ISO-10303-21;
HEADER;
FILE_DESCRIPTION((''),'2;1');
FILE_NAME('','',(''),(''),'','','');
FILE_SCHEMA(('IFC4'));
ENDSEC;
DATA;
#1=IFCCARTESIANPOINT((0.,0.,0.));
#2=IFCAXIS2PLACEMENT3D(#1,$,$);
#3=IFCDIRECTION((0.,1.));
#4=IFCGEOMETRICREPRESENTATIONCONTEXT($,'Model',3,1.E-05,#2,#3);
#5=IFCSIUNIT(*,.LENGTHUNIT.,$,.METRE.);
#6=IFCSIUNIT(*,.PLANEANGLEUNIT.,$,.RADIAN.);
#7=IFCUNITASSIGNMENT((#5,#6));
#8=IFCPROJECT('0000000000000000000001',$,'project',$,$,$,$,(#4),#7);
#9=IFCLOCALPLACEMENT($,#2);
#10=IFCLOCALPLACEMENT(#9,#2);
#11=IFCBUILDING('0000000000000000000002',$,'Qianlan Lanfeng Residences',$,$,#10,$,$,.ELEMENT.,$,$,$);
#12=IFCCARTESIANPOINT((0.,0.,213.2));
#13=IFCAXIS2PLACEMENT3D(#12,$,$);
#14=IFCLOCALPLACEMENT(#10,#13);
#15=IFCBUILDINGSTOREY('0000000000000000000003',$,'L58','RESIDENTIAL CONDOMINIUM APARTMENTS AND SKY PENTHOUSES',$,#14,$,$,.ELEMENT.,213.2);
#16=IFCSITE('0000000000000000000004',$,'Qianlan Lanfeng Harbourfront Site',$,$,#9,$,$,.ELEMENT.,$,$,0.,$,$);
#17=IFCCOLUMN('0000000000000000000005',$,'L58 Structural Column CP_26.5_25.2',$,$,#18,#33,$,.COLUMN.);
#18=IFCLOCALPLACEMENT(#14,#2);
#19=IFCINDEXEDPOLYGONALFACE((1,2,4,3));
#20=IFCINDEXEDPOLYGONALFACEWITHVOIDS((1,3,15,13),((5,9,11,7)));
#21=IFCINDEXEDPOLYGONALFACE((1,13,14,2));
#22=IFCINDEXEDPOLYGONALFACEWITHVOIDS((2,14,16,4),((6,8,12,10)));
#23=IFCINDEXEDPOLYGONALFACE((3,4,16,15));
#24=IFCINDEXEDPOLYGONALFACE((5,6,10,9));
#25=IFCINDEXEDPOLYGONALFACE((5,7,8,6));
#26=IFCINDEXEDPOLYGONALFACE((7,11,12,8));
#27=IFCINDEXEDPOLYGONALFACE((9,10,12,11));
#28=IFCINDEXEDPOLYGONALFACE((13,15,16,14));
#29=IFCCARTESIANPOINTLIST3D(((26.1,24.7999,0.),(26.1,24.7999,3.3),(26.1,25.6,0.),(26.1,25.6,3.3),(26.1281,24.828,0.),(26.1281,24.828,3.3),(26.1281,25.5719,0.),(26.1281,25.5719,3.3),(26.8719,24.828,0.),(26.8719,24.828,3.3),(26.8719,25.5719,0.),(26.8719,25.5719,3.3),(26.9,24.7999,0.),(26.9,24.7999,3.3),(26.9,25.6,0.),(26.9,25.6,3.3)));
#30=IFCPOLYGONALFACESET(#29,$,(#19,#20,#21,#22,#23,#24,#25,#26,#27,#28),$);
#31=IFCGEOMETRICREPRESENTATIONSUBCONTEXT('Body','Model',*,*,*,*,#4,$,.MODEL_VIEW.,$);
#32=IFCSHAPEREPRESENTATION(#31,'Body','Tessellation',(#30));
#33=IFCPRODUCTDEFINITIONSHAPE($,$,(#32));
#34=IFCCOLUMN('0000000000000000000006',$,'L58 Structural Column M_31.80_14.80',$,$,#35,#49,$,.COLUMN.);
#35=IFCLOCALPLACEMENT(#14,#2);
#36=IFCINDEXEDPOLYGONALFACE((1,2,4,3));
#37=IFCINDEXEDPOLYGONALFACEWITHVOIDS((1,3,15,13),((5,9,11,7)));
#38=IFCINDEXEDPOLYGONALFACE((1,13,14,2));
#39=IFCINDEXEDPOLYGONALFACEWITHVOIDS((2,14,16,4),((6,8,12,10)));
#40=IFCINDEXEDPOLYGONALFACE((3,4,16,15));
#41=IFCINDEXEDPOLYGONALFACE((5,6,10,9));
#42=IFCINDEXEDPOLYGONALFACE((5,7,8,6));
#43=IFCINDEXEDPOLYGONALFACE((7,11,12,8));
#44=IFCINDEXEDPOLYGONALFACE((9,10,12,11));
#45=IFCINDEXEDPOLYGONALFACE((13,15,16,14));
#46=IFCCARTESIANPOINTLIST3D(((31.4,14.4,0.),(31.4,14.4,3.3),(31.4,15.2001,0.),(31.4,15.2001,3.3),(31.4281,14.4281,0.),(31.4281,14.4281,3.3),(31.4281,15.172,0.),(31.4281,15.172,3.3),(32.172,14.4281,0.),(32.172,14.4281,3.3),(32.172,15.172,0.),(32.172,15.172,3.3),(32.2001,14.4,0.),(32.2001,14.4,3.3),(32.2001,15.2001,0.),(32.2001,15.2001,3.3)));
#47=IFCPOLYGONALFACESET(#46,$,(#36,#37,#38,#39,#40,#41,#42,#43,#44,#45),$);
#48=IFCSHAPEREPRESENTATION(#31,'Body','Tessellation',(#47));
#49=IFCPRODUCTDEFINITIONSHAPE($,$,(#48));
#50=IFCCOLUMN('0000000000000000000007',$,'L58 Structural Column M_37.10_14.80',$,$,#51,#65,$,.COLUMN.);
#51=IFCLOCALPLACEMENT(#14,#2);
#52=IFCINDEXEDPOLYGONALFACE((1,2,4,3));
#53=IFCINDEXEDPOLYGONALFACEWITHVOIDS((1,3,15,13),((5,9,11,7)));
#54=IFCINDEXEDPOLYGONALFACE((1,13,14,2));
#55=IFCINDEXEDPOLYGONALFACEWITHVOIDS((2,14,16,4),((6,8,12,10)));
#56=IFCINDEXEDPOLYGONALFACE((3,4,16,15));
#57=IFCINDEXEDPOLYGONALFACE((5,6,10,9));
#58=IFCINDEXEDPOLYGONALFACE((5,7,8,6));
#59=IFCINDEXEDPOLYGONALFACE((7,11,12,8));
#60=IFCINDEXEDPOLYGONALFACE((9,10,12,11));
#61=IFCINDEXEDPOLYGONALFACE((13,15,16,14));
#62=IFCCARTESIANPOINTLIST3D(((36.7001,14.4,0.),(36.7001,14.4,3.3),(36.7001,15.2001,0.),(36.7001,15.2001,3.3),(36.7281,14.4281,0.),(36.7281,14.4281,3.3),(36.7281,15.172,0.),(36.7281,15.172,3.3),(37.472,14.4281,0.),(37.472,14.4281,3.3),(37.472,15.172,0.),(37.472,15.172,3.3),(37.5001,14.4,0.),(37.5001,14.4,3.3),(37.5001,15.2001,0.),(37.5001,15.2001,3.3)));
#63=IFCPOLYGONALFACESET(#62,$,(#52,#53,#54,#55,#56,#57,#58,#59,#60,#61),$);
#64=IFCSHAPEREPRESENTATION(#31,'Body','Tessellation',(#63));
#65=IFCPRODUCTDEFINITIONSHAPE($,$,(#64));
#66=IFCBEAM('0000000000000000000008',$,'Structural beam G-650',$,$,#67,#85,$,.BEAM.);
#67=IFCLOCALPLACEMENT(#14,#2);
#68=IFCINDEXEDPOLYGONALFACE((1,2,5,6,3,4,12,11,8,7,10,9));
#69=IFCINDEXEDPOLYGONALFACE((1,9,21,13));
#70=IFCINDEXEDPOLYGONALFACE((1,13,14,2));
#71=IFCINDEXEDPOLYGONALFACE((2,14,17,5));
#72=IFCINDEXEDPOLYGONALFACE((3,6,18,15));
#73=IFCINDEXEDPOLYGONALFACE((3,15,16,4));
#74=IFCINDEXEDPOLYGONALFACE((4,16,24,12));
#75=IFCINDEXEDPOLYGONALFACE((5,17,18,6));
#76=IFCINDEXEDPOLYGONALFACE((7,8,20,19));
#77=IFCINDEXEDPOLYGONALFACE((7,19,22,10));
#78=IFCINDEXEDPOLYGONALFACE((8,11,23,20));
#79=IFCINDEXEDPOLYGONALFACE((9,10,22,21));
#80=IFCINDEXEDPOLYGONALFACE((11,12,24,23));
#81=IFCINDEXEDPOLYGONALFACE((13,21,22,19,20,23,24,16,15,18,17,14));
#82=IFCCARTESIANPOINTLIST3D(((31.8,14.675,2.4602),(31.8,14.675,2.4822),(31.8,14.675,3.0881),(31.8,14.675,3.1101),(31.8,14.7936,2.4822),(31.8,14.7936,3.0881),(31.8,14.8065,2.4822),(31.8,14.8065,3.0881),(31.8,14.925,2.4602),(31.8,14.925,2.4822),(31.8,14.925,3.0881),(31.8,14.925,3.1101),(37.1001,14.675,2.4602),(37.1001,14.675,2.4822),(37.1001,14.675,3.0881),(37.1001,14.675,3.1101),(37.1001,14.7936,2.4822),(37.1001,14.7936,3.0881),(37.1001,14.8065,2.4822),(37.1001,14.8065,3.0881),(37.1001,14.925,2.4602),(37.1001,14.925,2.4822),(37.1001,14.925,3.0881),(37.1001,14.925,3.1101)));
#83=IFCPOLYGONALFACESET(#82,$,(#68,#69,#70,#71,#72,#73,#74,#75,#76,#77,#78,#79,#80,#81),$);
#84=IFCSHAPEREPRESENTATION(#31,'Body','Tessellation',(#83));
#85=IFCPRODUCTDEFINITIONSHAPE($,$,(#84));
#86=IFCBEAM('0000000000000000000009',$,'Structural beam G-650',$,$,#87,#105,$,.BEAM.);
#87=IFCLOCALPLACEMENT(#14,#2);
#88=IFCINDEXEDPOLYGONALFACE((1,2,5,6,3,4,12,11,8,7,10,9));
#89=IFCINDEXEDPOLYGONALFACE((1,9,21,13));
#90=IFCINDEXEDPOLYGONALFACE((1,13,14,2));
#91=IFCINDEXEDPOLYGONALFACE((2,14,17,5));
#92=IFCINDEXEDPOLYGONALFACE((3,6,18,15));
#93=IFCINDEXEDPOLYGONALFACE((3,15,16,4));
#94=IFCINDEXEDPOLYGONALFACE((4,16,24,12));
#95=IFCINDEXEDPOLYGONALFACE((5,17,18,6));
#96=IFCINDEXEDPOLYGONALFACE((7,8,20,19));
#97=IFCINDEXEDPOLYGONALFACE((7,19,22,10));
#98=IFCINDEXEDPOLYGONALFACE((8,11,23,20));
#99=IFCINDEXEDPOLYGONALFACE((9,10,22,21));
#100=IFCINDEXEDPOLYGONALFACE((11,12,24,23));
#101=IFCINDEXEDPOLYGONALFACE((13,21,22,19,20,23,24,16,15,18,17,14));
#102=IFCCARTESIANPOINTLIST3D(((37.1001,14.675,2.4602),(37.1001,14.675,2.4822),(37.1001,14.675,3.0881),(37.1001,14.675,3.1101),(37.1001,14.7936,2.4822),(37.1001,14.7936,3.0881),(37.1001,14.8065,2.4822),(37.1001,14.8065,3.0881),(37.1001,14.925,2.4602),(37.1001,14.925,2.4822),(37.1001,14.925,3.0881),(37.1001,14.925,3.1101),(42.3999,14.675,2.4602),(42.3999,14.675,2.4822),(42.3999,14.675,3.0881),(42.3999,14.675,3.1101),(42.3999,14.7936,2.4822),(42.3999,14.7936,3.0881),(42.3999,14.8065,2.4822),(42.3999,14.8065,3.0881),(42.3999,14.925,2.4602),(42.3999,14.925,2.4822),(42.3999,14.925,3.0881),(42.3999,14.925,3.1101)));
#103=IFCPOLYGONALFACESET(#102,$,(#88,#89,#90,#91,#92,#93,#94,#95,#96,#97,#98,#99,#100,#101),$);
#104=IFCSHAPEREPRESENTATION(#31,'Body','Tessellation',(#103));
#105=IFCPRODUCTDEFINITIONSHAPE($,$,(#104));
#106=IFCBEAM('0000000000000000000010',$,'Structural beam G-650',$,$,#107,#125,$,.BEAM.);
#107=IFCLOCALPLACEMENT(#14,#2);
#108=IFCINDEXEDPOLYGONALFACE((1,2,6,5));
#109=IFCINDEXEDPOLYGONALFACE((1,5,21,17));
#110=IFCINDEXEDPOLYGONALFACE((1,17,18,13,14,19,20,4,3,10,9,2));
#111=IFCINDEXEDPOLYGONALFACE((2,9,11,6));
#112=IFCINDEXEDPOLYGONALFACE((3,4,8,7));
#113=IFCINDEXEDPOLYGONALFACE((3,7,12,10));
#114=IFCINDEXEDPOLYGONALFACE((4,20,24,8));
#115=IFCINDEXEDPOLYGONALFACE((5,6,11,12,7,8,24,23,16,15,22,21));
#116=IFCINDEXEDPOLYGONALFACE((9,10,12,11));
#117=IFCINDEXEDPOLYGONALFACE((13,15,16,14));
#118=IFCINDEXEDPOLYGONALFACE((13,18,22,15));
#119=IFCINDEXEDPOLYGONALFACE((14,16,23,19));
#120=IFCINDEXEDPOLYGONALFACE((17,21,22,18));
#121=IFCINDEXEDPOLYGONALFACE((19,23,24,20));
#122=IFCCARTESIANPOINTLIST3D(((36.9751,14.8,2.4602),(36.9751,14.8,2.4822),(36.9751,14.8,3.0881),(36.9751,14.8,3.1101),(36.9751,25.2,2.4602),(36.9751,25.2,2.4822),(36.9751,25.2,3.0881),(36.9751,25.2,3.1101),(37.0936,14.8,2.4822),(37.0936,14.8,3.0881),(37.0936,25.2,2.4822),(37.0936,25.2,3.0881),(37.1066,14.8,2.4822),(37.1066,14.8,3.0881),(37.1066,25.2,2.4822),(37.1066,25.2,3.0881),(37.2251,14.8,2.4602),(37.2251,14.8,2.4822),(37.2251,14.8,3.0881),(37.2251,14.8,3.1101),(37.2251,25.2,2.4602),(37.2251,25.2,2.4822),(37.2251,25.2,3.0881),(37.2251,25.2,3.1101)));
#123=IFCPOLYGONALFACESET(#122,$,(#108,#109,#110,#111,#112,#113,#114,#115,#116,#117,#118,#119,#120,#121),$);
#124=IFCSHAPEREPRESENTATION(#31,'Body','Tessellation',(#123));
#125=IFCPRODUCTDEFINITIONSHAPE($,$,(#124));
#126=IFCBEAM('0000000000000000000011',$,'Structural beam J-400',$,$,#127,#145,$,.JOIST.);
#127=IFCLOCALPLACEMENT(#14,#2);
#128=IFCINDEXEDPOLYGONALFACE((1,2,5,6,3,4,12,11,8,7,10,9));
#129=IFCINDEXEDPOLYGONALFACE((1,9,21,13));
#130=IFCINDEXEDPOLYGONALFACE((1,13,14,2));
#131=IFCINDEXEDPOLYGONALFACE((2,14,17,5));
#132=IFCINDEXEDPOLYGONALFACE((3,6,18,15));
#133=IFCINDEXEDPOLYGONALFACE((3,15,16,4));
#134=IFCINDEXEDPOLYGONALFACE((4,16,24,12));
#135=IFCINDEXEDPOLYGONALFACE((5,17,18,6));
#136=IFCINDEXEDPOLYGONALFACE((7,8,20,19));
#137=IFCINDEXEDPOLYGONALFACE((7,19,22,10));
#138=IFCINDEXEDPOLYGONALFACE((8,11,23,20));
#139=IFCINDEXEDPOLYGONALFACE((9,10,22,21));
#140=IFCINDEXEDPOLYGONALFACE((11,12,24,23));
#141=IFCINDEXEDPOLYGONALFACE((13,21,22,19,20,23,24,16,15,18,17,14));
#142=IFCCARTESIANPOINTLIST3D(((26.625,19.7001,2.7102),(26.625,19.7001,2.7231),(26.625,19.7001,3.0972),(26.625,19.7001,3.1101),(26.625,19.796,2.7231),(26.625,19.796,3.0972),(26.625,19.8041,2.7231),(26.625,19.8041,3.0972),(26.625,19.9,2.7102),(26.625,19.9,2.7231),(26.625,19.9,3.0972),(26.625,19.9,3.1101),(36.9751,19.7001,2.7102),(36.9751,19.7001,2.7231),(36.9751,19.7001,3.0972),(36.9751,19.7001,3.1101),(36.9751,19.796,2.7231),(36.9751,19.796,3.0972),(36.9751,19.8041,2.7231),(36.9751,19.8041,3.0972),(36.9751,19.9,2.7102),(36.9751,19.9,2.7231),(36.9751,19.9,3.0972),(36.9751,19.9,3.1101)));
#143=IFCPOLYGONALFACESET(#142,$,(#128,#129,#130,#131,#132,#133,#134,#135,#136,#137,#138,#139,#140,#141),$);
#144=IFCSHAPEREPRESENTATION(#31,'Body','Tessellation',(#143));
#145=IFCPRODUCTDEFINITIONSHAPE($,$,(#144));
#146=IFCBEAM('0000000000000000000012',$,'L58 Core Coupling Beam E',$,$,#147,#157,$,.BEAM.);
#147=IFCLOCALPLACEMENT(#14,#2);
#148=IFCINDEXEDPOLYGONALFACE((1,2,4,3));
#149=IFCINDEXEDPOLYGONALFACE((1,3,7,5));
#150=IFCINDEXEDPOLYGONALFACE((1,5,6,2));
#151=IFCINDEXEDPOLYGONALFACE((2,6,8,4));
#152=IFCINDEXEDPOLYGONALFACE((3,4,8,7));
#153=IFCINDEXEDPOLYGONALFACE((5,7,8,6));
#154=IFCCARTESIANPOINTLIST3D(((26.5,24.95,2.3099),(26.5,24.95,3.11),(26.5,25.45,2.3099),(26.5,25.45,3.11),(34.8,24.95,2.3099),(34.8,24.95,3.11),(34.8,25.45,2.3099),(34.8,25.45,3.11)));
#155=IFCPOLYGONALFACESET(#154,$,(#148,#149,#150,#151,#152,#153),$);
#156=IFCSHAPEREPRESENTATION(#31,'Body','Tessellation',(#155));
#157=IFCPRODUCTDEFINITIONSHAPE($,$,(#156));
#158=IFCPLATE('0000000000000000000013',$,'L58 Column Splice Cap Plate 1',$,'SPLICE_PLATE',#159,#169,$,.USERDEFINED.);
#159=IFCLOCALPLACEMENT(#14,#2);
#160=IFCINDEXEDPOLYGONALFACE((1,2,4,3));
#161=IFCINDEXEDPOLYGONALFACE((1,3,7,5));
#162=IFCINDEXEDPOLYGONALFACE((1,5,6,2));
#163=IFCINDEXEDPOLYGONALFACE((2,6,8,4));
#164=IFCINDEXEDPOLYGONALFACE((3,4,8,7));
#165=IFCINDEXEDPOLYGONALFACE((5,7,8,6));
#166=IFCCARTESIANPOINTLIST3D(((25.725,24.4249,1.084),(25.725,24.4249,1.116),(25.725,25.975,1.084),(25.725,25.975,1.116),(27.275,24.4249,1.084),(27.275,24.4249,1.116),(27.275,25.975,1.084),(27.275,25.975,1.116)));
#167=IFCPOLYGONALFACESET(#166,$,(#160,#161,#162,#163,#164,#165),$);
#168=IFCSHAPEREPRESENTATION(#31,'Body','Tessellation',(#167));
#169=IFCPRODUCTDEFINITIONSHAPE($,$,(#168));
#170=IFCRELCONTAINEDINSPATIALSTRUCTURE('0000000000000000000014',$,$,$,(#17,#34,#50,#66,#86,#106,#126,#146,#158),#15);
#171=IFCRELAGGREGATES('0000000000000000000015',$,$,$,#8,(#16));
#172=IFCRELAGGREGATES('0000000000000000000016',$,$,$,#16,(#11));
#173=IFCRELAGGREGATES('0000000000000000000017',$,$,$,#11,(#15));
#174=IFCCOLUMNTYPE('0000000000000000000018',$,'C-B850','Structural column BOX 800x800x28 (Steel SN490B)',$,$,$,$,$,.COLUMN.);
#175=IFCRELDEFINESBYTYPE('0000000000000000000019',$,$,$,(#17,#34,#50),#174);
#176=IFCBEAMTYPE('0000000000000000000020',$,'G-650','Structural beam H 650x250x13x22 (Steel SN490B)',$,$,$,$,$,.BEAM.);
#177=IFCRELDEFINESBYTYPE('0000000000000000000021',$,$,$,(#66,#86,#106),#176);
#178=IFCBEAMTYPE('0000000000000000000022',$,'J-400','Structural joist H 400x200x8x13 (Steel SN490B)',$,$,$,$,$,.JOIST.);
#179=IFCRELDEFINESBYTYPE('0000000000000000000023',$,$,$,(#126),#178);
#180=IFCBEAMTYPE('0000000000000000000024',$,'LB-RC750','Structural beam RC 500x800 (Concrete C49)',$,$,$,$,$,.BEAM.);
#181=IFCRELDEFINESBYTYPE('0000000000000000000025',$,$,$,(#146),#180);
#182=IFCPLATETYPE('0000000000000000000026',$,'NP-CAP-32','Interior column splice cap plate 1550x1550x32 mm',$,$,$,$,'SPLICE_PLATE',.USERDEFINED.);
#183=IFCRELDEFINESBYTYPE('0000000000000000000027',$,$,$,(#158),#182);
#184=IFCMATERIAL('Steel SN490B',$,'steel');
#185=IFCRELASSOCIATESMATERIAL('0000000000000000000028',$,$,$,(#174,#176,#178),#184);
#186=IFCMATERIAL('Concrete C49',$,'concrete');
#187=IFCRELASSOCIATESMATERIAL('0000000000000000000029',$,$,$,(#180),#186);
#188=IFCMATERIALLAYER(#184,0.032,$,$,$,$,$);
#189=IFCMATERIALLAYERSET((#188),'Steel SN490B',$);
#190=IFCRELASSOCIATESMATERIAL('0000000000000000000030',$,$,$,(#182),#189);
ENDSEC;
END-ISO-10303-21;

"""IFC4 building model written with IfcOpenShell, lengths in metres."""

from ifc_helpers import new_model, si_unit, direction, frame, origin, origin_2d, place, context, subcontext, project, spatial, rectangle, hollow_rectangle, i_section, extrude, source, transform, mapped, material, layer, layer_set, material_profile, profile_set, type_object, element, save


model = new_model("IFC4")

# Units and contexts
model_context = context("Model", 3, precision=1e-05, world=origin(), true_north=direction((0.0, 1.0)))
body_context = subcontext(model_context, "Body", "Model", "MODEL_VIEW")
ifc_project = project(units=[si_unit("LENGTHUNIT", "METRE"), si_unit("PLANEANGLEUNIT", "RADIAN")], contexts=[model_context])

# Site, building, storey
site_placement = place(None, origin())
site = spatial("IfcSite", under=ifc_project, at=site_placement, Name="Qianlan Lanfeng Harbourfront Site", CompositionType="ELEMENT", RefElevation=0.0)
building_placement = place(site_placement, origin())
building = spatial("IfcBuilding", under=site, at=building_placement, Name="Qianlan Lanfeng Residences", CompositionType="ELEMENT")
storey_placement = place(building_placement, frame((0.0, 0.0, 213.2)))
storey = spatial("IfcBuildingStorey", under=building, at=storey_placement, Name="L58", Description="RESIDENTIAL CONDOMINIUM APARTMENTS AND SKY PENTHOUSES", CompositionType="ELEMENT", Elevation=213.2)

# Columns
ifc_material_1 = material(Name="Steel SN490B", Category="steel")
ifc_material_profile_1 = material_profile(ifc_material_1, hollow_rectangle(XDim=0.8, YDim=0.8, WallThickness=0.0281, at=origin_2d()), Name="BOX 800x800x28")
ifc_profile_set_1 = profile_set([ifc_material_profile_1], Name="Steel SN490B")
column_type = type_object("IfcColumnType", Name="C-B850", Description="Structural column BOX 800x800x28 (Steel SN490B)", PredefinedType="COLUMN", material=ifc_profile_set_1)
for number, where, z_axis, x_axis, name in (
    (1, (26.5, 25.2, 0.0), (0.0, 0.0, 1.0), (1.0, 0.0, 0.0), "L58 Structural Column CP_26.5_25.2"),
    (2, (31.8, 14.8, 0.0), (0.0, 0.0, 1.0), (1.0, 0.0, 0.0), "L58 Structural Column M_31.80_14.80"),
    (3, (37.1001, 14.8, 0.0), (0.0, 0.0, 1.0), (1.0, 0.0, 0.0), "L58 Structural Column M_37.10_14.80"),
):
    element("IfcColumn", number, at=place(storey_placement, frame(where, z_axis=z_axis, x_axis=x_axis)), inside=storey, type_object=column_type, Name=name, PredefinedType="COLUMN", context=body_context, shape_type="SweptSolid", body=[
        extrude(hollow_rectangle(XDim=0.8, YDim=0.8, WallThickness=0.0281, at=origin_2d()), origin(), (0.0, 0.0, 1.0), 3.3),
    ])

# Beams
ifc_material_profile_2 = material_profile(ifc_material_1, i_section(OverallWidth=0.25, OverallDepth=0.6499, WebThickness=0.0129, FlangeThickness=0.022, at=origin_2d()), Name="H 650x250x13x22")
ifc_profile_set_2 = profile_set([ifc_material_profile_2], Name="Steel SN490B")
beam_type_1 = type_object("IfcBeamType", Name="G-650", Description="Structural beam H 650x250x13x22 (Steel SN490B)", PredefinedType="BEAM", material=ifc_profile_set_2)
beam_1_placement = place(storey_placement, frame((31.8, 14.8, 2.7852), z_axis=(1.0, 0.0, 0.0), x_axis=(0.0, 1.0, 0.0)))
element("IfcBeam", 4, at=beam_1_placement, inside=storey, type_object=beam_type_1, Name="Structural beam G-650", PredefinedType="BEAM", context=body_context, shape_type="SweptSolid", body=[
    extrude(i_section(OverallWidth=0.25, OverallDepth=0.6499, WebThickness=0.0129, FlangeThickness=0.022, at=origin_2d()), origin(), (0.0, 0.0, 1.0), 5.3),
])
beam_2_placement = place(storey_placement, frame((37.1001, 14.8, 2.7852), z_axis=(1.0, 0.0, 0.0), x_axis=(0.0, 1.0, 0.0)))
element("IfcBeam", 5, at=beam_2_placement, inside=storey, type_object=beam_type_1, Name="Structural beam G-650", PredefinedType="BEAM", context=body_context, shape_type="SweptSolid", body=[
    extrude(i_section(OverallWidth=0.25, OverallDepth=0.6499, WebThickness=0.0129, FlangeThickness=0.022, at=origin_2d()), origin(), (0.0, 0.0, 1.0), 5.2998),
])
beam_3_placement = place(storey_placement, frame((37.1001, 14.8, 2.7852), z_axis=(0.0, 1.0, 0.0), x_axis=(-1.0, 0.0, 0.0)))
element("IfcBeam", 6, at=beam_3_placement, inside=storey, type_object=beam_type_1, Name="Structural beam G-650", PredefinedType="BEAM", context=body_context, shape_type="SweptSolid", body=[
    extrude(i_section(OverallWidth=0.25, OverallDepth=0.6499, WebThickness=0.0129, FlangeThickness=0.022, at=origin_2d()), origin(), (0.0, 0.0, 1.0), 10.3999),
])
ifc_material_profile_3 = material_profile(ifc_material_1, i_section(OverallWidth=0.2, OverallDepth=0.3999, WebThickness=0.0081, FlangeThickness=0.0129, at=origin_2d()), Name="H 400x200x8x13")
ifc_profile_set_3 = profile_set([ifc_material_profile_3], Name="Steel SN490B")
beam_type_2 = type_object("IfcBeamType", Name="J-400", Description="Structural joist H 400x200x8x13 (Steel SN490B)", PredefinedType="JOIST", material=ifc_profile_set_3)
beam_4_placement = place(storey_placement, frame((26.625, 19.8, 2.9102), z_axis=(1.0, 0.0, 0.0), x_axis=(0.0, 1.0, 0.0)))
element("IfcBeam", 7, at=beam_4_placement, inside=storey, type_object=beam_type_2, Name="Structural beam J-400", PredefinedType="JOIST", context=body_context, shape_type="SweptSolid", body=[
    extrude(i_section(OverallWidth=0.2, OverallDepth=0.3999, WebThickness=0.0081, FlangeThickness=0.0129, at=origin_2d()), origin(), (0.0, 0.0, 1.0), 10.3501),
])
ifc_material_2 = material(Name="Concrete C49", Category="concrete")
ifc_material_profile_4 = material_profile(ifc_material_2, rectangle(XDim=0.5, YDim=0.8, at=origin_2d()), Name="RC 500x800")
ifc_profile_set_4 = profile_set([ifc_material_profile_4], Name="Concrete C49")
beam_type_3 = type_object("IfcBeamType", Name="LB-RC750", Description="Structural beam RC 500x800 (Concrete C49)", PredefinedType="BEAM", material=ifc_profile_set_4)
beam_5_placement = place(storey_placement, frame((26.5, 25.2, 2.71), z_axis=(1.0, 0.0, 0.0), x_axis=(0.0, 1.0, 0.0)))
element("IfcBeam", 8, at=beam_5_placement, inside=storey, type_object=beam_type_3, Name="L58 Core Coupling Beam E", PredefinedType="BEAM", context=body_context, shape_type="SweptSolid", body=[
    extrude(rectangle(XDim=0.5, YDim=0.8, at=origin_2d()), origin(), (0.0, 0.0, 1.0), 8.3),
])

# Plate
ifc_layer_1 = layer(ifc_material_1, 0.032)
ifc_layer_set_1 = layer_set([ifc_layer_1], Name="Steel SN490B")
plate_type = type_object("IfcPlateType", Name="NP-CAP-32", Description="Interior column splice cap plate 1550x1550x32 mm", ElementType="SPLICE_PLATE", PredefinedType="USERDEFINED", material=ifc_layer_set_1)
shared_shape = source(origin(), body_context, "Body", "SweptSolid", [
    extrude(rectangle(XDim=1.55, YDim=1.55, at=origin_2d()), origin(), (0.0, 0.0, 1.0), 0.032),
])
plate_placement = place(storey_placement, frame((26.5, 25.2, 1.084), z_axis=(0.0, 0.0, 1.0), x_axis=(1.0, 0.0, 0.0)))
element("IfcPlate", 9, at=plate_placement, inside=storey, type_object=plate_type, Name="L58 Column Splice Cap Plate 1", ObjectType="SPLICE_PLATE", PredefinedType="USERDEFINED", context=body_context, shape_type="MappedRepresentation", body=[
    mapped(shared_shape, transform((0.0, 0.0, 0.0), scale=1.0)),
])

save(model, "model.ifc")
